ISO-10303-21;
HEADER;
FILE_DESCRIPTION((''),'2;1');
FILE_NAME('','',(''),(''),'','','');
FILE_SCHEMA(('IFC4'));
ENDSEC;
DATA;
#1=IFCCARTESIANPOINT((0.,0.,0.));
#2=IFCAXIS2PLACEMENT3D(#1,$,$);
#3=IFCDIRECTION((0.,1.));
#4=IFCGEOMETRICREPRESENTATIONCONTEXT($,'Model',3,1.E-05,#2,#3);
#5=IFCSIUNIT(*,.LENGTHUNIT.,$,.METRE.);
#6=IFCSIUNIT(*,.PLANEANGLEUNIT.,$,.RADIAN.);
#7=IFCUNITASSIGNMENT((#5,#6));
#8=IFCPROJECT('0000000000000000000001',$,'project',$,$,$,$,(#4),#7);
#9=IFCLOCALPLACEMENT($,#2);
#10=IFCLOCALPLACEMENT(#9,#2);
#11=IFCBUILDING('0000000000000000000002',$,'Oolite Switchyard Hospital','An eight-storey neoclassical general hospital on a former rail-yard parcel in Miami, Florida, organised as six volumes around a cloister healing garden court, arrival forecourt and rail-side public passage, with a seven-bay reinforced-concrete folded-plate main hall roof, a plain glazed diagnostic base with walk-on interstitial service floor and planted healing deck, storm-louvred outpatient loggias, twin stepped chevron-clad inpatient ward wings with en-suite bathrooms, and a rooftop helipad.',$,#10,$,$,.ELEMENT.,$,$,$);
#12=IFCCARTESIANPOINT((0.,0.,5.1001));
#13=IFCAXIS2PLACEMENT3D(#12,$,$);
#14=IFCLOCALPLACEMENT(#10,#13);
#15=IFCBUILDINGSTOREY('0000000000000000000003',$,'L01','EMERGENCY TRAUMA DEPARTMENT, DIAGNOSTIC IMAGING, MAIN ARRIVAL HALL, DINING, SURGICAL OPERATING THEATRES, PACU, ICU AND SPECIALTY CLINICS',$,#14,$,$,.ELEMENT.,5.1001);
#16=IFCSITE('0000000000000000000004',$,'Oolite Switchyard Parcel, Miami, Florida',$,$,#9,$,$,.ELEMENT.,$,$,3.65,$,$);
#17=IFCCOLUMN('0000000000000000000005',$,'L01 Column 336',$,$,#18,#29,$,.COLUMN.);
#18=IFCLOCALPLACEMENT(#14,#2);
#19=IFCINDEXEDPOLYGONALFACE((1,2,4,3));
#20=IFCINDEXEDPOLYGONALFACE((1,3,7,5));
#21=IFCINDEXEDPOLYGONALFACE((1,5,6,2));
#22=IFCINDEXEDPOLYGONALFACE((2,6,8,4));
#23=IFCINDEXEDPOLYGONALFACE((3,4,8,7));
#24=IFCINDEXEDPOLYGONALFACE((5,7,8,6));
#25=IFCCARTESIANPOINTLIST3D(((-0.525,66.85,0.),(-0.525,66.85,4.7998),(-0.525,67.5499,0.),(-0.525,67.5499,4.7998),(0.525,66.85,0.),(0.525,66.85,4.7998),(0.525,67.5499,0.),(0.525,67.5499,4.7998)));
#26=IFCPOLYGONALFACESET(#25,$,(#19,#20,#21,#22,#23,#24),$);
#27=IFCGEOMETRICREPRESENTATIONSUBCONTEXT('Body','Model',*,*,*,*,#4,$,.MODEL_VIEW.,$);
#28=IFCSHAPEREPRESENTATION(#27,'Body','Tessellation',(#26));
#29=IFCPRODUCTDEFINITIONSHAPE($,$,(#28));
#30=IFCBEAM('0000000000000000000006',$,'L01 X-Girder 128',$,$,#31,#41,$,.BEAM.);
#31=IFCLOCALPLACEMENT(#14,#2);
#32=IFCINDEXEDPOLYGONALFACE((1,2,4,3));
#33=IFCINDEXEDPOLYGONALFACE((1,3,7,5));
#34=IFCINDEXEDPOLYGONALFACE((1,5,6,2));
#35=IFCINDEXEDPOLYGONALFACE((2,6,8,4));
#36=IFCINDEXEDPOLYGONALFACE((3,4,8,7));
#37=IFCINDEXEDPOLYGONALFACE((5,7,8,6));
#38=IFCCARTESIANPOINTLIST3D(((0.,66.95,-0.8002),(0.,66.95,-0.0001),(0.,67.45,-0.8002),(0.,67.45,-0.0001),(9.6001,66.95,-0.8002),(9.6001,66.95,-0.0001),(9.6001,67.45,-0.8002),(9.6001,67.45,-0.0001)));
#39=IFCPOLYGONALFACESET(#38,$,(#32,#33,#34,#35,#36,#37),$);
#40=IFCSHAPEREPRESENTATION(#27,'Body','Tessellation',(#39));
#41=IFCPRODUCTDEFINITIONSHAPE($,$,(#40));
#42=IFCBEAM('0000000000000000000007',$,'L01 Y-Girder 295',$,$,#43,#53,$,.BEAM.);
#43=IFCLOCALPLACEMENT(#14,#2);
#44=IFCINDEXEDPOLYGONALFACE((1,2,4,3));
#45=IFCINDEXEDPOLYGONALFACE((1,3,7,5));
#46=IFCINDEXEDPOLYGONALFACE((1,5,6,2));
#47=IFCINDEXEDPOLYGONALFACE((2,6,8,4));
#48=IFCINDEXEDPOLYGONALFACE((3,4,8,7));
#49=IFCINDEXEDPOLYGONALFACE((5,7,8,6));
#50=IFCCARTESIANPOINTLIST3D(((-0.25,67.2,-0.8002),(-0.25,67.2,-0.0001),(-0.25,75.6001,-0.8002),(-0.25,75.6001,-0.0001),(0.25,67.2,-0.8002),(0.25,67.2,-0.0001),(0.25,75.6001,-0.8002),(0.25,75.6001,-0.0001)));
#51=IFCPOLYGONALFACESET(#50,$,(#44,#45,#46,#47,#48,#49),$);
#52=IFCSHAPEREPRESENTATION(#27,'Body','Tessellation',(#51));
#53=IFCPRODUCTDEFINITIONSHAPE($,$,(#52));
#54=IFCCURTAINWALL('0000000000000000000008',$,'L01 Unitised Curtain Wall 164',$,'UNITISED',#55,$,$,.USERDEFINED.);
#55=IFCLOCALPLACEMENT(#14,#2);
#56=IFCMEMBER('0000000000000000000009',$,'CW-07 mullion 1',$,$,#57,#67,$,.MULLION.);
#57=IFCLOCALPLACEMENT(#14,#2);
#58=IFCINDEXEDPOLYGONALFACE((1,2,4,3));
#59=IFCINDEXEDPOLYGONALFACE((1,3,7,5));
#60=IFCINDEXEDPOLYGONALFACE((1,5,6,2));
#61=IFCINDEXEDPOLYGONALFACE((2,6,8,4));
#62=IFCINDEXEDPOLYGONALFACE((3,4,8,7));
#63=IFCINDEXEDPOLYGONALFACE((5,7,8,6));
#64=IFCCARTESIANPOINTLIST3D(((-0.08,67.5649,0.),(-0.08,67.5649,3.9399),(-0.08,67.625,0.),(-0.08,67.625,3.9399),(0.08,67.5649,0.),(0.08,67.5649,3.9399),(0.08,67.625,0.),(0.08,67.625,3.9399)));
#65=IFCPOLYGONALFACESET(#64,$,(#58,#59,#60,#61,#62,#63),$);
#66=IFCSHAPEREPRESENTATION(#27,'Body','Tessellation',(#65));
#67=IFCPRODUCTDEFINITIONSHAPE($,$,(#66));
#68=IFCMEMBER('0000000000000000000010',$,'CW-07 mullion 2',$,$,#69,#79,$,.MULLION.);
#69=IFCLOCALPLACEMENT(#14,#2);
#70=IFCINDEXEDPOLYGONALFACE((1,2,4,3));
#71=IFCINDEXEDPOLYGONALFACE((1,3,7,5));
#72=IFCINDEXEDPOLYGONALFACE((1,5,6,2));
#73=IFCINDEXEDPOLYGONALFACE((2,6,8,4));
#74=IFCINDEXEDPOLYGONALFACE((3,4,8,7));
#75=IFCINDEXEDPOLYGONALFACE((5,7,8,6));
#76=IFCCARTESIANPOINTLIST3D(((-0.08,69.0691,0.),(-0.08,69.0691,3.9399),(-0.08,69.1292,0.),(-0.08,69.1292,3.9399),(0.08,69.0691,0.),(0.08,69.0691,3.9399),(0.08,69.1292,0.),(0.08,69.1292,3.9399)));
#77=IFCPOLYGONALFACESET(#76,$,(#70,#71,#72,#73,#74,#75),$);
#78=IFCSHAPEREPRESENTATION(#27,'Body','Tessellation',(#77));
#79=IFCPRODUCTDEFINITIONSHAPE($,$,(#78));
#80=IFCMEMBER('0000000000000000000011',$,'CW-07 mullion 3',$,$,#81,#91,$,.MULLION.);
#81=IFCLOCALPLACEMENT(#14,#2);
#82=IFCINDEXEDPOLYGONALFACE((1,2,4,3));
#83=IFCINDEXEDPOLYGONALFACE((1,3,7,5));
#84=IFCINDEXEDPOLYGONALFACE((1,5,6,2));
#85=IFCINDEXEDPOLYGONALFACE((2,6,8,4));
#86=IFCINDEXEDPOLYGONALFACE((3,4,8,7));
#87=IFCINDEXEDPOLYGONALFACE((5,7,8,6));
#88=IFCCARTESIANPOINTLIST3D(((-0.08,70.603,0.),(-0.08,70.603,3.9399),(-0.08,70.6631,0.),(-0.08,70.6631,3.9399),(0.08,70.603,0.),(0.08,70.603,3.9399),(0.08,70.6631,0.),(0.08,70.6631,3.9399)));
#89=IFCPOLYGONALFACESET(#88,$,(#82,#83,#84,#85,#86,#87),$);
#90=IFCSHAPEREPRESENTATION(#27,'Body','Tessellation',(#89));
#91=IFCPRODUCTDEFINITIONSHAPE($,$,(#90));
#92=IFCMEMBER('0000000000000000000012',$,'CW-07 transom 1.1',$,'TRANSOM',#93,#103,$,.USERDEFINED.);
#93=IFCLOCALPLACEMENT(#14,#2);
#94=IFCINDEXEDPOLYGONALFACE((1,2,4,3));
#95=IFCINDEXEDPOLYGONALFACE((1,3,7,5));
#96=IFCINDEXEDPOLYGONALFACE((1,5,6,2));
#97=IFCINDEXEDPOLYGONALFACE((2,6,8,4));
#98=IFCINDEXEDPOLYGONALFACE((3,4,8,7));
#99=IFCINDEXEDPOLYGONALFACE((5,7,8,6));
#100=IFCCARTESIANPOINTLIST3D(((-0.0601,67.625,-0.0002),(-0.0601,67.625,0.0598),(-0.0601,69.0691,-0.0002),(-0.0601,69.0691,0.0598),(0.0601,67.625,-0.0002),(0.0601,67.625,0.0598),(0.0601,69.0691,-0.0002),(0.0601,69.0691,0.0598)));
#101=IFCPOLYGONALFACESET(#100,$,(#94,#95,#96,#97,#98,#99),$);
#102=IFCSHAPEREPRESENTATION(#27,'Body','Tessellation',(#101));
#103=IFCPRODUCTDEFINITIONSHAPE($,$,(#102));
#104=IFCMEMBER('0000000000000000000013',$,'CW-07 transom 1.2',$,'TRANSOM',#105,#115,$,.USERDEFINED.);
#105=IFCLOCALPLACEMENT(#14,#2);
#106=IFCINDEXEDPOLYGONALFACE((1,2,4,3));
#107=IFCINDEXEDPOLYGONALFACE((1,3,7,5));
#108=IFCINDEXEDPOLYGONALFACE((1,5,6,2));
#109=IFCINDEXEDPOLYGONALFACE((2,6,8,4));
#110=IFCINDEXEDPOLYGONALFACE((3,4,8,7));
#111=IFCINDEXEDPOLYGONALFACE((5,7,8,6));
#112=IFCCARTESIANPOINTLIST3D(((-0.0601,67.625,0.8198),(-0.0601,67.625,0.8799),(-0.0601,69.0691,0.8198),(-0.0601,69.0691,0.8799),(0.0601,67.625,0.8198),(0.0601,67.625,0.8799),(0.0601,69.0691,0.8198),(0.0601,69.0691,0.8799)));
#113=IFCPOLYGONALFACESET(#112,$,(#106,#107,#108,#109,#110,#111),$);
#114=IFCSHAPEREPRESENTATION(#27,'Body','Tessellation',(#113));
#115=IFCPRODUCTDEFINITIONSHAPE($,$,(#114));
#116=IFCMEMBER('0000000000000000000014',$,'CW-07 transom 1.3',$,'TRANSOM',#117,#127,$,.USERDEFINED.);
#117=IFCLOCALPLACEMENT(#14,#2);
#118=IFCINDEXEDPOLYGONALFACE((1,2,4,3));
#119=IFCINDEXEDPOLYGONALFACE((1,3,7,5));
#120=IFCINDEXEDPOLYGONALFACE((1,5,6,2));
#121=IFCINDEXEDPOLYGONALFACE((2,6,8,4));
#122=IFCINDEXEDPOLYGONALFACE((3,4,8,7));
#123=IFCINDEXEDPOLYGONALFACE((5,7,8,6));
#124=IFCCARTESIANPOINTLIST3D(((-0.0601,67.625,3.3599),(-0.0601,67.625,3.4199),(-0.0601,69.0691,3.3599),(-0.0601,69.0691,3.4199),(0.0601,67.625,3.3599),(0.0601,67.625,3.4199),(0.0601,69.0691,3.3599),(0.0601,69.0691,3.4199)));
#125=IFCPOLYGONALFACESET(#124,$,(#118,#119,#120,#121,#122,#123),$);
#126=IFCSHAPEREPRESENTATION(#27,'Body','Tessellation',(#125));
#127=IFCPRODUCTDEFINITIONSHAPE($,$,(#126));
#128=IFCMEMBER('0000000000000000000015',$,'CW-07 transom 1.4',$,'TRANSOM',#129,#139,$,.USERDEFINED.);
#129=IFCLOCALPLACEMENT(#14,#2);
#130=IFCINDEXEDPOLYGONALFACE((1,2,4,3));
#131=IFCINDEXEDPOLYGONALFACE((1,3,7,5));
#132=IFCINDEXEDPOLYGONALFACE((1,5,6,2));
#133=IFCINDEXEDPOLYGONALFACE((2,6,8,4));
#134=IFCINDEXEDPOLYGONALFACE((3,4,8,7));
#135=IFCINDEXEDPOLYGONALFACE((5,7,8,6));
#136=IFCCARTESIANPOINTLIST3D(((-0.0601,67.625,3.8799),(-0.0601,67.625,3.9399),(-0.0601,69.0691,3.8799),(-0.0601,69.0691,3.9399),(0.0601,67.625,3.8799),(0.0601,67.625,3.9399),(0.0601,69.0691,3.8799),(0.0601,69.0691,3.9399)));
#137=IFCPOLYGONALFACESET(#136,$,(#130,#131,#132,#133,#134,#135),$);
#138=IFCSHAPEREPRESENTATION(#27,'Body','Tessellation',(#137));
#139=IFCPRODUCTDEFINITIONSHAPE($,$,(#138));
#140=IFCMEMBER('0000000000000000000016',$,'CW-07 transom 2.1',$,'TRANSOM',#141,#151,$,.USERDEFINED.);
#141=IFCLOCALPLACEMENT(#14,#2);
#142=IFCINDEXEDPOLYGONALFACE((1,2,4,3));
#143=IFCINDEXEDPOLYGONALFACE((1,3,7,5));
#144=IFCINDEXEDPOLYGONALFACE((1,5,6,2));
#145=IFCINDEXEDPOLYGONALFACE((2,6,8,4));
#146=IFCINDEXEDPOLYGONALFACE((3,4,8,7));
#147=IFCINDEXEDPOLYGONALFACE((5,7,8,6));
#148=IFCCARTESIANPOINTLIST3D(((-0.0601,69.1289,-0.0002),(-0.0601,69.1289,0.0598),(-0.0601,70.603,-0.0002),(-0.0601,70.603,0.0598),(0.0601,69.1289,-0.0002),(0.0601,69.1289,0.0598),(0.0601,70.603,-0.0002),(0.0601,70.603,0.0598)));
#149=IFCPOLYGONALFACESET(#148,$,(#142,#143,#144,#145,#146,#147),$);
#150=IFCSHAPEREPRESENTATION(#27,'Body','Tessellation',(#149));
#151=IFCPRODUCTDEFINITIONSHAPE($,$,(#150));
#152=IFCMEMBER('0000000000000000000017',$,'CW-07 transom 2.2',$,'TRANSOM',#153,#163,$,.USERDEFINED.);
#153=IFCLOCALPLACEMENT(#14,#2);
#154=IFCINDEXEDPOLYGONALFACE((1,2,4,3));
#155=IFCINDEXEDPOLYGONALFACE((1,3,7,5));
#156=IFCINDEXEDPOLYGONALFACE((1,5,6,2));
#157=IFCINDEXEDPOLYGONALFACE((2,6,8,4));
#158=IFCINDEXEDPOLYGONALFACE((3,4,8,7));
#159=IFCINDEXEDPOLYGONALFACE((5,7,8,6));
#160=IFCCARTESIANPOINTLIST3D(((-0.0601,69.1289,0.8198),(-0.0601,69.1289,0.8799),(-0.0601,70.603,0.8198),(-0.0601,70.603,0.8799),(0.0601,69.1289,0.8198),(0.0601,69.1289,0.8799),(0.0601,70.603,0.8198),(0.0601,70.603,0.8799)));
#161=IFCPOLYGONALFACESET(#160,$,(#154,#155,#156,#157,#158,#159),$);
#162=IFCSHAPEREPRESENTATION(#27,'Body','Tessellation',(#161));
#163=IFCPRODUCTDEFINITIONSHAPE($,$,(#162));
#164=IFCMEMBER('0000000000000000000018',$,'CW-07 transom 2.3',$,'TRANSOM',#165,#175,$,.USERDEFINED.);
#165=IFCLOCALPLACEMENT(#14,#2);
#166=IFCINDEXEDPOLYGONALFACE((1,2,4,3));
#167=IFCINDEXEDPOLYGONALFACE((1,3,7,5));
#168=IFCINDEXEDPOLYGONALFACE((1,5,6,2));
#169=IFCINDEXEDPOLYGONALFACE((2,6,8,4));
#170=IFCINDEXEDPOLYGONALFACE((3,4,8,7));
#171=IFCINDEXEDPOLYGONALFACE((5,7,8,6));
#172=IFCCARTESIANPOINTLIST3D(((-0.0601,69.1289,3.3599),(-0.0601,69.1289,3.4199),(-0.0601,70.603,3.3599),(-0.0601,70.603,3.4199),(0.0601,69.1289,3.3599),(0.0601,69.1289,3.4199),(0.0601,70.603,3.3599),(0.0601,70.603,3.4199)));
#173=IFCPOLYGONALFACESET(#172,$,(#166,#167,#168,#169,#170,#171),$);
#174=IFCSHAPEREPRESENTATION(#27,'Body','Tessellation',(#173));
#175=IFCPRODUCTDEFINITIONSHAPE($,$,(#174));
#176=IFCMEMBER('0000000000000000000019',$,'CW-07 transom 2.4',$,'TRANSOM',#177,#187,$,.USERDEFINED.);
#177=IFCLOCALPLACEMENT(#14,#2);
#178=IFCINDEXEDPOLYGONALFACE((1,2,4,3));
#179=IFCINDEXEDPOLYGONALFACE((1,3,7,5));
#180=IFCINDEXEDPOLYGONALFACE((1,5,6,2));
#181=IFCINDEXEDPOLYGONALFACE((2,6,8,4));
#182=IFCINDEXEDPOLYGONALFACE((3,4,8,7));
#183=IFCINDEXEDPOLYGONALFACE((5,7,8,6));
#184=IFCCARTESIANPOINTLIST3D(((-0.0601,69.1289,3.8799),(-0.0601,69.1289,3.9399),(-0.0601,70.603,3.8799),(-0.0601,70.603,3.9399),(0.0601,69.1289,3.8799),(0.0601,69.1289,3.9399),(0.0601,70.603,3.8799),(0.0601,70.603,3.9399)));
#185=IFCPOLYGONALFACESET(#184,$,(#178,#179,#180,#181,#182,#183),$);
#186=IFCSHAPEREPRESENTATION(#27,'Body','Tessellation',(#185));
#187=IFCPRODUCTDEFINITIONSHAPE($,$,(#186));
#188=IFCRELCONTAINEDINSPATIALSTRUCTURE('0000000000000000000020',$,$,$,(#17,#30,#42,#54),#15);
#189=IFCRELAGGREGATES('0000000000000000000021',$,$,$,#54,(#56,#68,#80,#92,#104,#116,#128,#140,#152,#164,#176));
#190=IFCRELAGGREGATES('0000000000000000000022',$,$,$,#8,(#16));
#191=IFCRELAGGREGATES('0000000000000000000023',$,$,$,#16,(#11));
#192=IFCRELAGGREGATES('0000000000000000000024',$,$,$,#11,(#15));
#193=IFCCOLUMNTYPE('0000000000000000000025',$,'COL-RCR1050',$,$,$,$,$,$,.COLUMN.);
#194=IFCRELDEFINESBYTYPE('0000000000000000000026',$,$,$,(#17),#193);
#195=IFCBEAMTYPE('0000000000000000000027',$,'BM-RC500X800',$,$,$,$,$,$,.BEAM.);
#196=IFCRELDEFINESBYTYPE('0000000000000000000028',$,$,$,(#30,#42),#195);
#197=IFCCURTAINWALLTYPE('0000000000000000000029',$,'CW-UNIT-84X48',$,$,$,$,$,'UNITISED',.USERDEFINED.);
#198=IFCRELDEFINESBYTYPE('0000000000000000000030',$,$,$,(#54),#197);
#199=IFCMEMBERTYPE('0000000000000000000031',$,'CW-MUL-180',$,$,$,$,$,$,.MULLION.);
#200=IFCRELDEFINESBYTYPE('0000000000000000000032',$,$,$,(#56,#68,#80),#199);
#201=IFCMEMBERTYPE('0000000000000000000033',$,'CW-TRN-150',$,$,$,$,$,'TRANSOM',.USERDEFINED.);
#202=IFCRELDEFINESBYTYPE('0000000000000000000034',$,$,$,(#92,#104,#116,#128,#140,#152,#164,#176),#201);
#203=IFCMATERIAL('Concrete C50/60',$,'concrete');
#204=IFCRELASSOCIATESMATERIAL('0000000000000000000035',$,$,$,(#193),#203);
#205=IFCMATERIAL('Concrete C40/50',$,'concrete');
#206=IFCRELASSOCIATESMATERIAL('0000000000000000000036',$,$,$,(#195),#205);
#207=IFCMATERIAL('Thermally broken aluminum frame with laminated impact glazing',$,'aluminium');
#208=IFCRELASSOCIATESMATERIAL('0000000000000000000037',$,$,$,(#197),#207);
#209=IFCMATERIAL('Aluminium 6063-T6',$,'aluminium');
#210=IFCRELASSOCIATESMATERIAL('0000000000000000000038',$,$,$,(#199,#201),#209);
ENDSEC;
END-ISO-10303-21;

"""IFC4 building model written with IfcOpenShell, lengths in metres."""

from ifc_helpers import new_model, si_unit, direction, frame, origin, origin_2d, place, context, subcontext, project, spatial, rectangle, extrude, material, material_profile, profile_set, type_object, element, aggregate, save


model = new_model("IFC4")

# Units and contexts
model_context = context("Model", 3, precision=1e-05, world=origin(), true_north=direction((0.0, 1.0)))
body_context = subcontext(model_context, "Body", "Model", "MODEL_VIEW")
ifc_project = project(units=[si_unit("LENGTHUNIT", "METRE"), si_unit("PLANEANGLEUNIT", "RADIAN")], contexts=[model_context])

# Site, building, storey
site_placement = place(None, origin())
site = spatial("IfcSite", under=ifc_project, at=site_placement, Name="Oolite Switchyard Parcel, Miami, Florida", CompositionType="ELEMENT", RefElevation=3.65)
building_placement = place(site_placement, origin())
building = spatial("IfcBuilding", under=site, at=building_placement, Name="Oolite Switchyard Hospital", Description="An eight-storey neoclassical general hospital on a former rail-yard parcel in Miami, Florida, organised as six volumes around a cloister healing garden court, arrival forecourt and rail-side public passage, with a seven-bay reinforced-concrete folded-plate main hall roof, a plain glazed diagnostic base with walk-on interstitial service floor and planted healing deck, storm-louvred outpatient loggias, twin stepped chevron-clad inpatient ward wings with en-suite bathrooms, and a rooftop helipad.", CompositionType="ELEMENT")
storey_placement = place(building_placement, frame((0.0, 0.0, 5.1001)))
storey = spatial("IfcBuildingStorey", under=building, at=storey_placement, Name="L01", Description="EMERGENCY TRAUMA DEPARTMENT, DIAGNOSTIC IMAGING, MAIN ARRIVAL HALL, DINING, SURGICAL OPERATING THEATRES, PACU, ICU AND SPECIALTY CLINICS", CompositionType="ELEMENT", Elevation=5.1001)

# Column
ifc_material_1 = material(Name="Concrete C50/60", Category="concrete")
ifc_material_profile_1 = material_profile(ifc_material_1, rectangle(XDim=1.05, YDim=0.7, at=origin_2d()), Name="RC1050X700")
ifc_profile_set_1 = profile_set([ifc_material_profile_1], Name="Concrete C50/60")
column_type = type_object("IfcColumnType", Name="COL-RCR1050", PredefinedType="COLUMN", material=ifc_profile_set_1)
column_placement = place(storey_placement, frame((0.0, 67.2, 0.0), z_axis=(0.0, 0.0, 1.0), x_axis=(1.0, 0.0, 0.0)))
element("IfcColumn", 1, at=column_placement, inside=storey, type_object=column_type, Name="L01 Column 336", PredefinedType="COLUMN", context=body_context, shape_type="SweptSolid", body=[
    extrude(rectangle(XDim=1.05, YDim=0.7, at=origin_2d()), origin(), (0.0, 0.0, 1.0), 4.7998),
])

# Beams
ifc_material_2 = material(Name="Concrete C40/50", Category="concrete")
ifc_material_profile_2 = material_profile(ifc_material_2, rectangle(XDim=0.5, YDim=0.8, at=origin_2d()), Name="RCB500X800")
ifc_profile_set_2 = profile_set([ifc_material_profile_2], Name="Concrete C40/50")
beam_type = type_object("IfcBeamType", Name="BM-RC500X800", PredefinedType="BEAM", material=ifc_profile_set_2)
beam_1_placement = place(storey_placement, frame((0.0, 67.2, -0.4001), z_axis=(1.0, 0.0, 0.0), x_axis=(0.0, 1.0, 0.0)))
element("IfcBeam", 2, at=beam_1_placement, inside=storey, type_object=beam_type, Name="L01 X-Girder 128", PredefinedType="BEAM", context=body_context, shape_type="SweptSolid", body=[
    extrude(rectangle(XDim=0.5, YDim=0.8, at=origin_2d()), origin(), (0.0, 0.0, 1.0), 9.6001),
])
beam_2_placement = place(storey_placement, frame((0.0, 67.2, -0.4001), z_axis=(0.0, 1.0, 0.0), x_axis=(-1.0, 0.0, 0.0)))
element("IfcBeam", 3, at=beam_2_placement, inside=storey, type_object=beam_type, Name="L01 Y-Girder 295", PredefinedType="BEAM", context=body_context, shape_type="SweptSolid", body=[
    extrude(rectangle(XDim=0.5, YDim=0.8, at=origin_2d()), origin(), (0.0, 0.0, 1.0), 8.4001),
])

# Curtain wall, members
ifc_material_3 = material(Name="Thermally broken aluminum frame with laminated impact glazing", Category="aluminium")
curtain_wall_type = type_object("IfcCurtainWallType", Name="CW-UNIT-84X48", ElementType="UNITISED", PredefinedType="USERDEFINED", material=ifc_material_3)
curtain_wall_placement = place(storey_placement, origin())
curtain_wall = element("IfcCurtainWall", 4, at=curtain_wall_placement, inside=storey, type_object=curtain_wall_type, Name="L01 Unitised Curtain Wall 164", ObjectType="UNITISED", PredefinedType="USERDEFINED")
ifc_material_4 = material(Name="Aluminium 6063-T6", Category="aluminium")
ifc_material_profile_3 = material_profile(ifc_material_4, rectangle(XDim=0.1599, YDim=0.0601, at=origin_2d()), Name="CWM60X160")
ifc_profile_set_3 = profile_set([ifc_material_profile_3], Name="Aluminium 6063-T6")
member_type_1 = type_object("IfcMemberType", Name="CW-MUL-180", PredefinedType="MULLION", material=ifc_profile_set_3)
member_1_placement = place(storey_placement, frame((0.0, 67.595, 0.0), z_axis=(0.0, 0.0, 1.0), x_axis=(-1.0, 0.0, 0.0)))
member_1 = element("IfcMember", 5, at=member_1_placement, type_object=member_type_1, Name="CW-07 mullion 1", PredefinedType="MULLION", context=body_context, shape_type="SweptSolid", body=[
    extrude(rectangle(XDim=0.1599, YDim=0.0601, at=origin_2d()), origin(), (0.0, 0.0, 1.0), 3.9399),
])
member_2_placement = place(storey_placement, frame((0.0, 69.0991, 0.0), z_axis=(0.0, 0.0, 1.0), x_axis=(-1.0, 0.0, 0.0)))
member_2 = element("IfcMember", 6, at=member_2_placement, type_object=member_type_1, Name="CW-07 mullion 2", PredefinedType="MULLION", context=body_context, shape_type="SweptSolid", body=[
    extrude(rectangle(XDim=0.1599, YDim=0.0601, at=origin_2d()), origin(), (0.0, 0.0, 1.0), 3.9399),
])
member_3_placement = place(storey_placement, frame((0.0, 70.6331, 0.0), z_axis=(0.0, 0.0, 1.0), x_axis=(-1.0, 0.0, 0.0)))
member_3 = element("IfcMember", 7, at=member_3_placement, type_object=member_type_1, Name="CW-07 mullion 3", PredefinedType="MULLION", context=body_context, shape_type="SweptSolid", body=[
    extrude(rectangle(XDim=0.1599, YDim=0.0601, at=origin_2d()), origin(), (0.0, 0.0, 1.0), 3.9399),
])
ifc_material_profile_4 = material_profile(ifc_material_4, rectangle(XDim=0.1201, YDim=0.0601, at=origin_2d()), Name="CWT60X120")
ifc_profile_set_4 = profile_set([ifc_material_profile_4], Name="Aluminium 6063-T6")
member_type_2 = type_object("IfcMemberType", Name="CW-TRN-150", ElementType="TRANSOM", PredefinedType="USERDEFINED", material=ifc_profile_set_4)
member_4_placement = place(storey_placement, frame((0.0, 67.625, 0.0298), z_axis=(0.0, 1.0, 0.0), x_axis=(-1.0, 0.0, 0.0)))
member_4 = element("IfcMember", 8, at=member_4_placement, type_object=member_type_2, Name="CW-07 transom 1.1", ObjectType="TRANSOM", PredefinedType="USERDEFINED", context=body_context, shape_type="SweptSolid", body=[
    extrude(rectangle(XDim=0.1201, YDim=0.0601, at=origin_2d()), origin(), (0.0, 0.0, 1.0), 1.4441),
])
member_5_placement = place(storey_placement, frame((0.0, 67.625, 0.8499), z_axis=(0.0, 1.0, 0.0), x_axis=(-1.0, 0.0, 0.0)))
member_5 = element("IfcMember", 9, at=member_5_placement, type_object=member_type_2, Name="CW-07 transom 1.2", ObjectType="TRANSOM", PredefinedType="USERDEFINED", context=body_context, shape_type="SweptSolid", body=[
    extrude(rectangle(XDim=0.1201, YDim=0.0601, at=origin_2d()), origin(), (0.0, 0.0, 1.0), 1.4441),
])
member_6_placement = place(storey_placement, frame((0.0, 67.625, 3.3899), z_axis=(0.0, 1.0, 0.0), x_axis=(-1.0, 0.0, 0.0)))
member_6 = element("IfcMember", 10, at=member_6_placement, type_object=member_type_2, Name="CW-07 transom 1.3", ObjectType="TRANSOM", PredefinedType="USERDEFINED", context=body_context, shape_type="SweptSolid", body=[
    extrude(rectangle(XDim=0.1201, YDim=0.0601, at=origin_2d()), origin(), (0.0, 0.0, 1.0), 1.4441),
])
member_7_placement = place(storey_placement, frame((0.0, 67.625, 3.9099), z_axis=(0.0, 1.0, 0.0), x_axis=(-1.0, 0.0, 0.0)))
member_7 = element("IfcMember", 11, at=member_7_placement, type_object=member_type_2, Name="CW-07 transom 1.4", ObjectType="TRANSOM", PredefinedType="USERDEFINED", context=body_context, shape_type="SweptSolid", body=[
    extrude(rectangle(XDim=0.1201, YDim=0.0601, at=origin_2d()), origin(), (0.0, 0.0, 1.0), 1.4441),
])
member_8_placement = place(storey_placement, frame((0.0, 69.1289, 0.0298), z_axis=(0.0, 1.0, 0.0), x_axis=(-1.0, 0.0, 0.0)))
member_8 = element("IfcMember", 12, at=member_8_placement, type_object=member_type_2, Name="CW-07 transom 2.1", ObjectType="TRANSOM", PredefinedType="USERDEFINED", context=body_context, shape_type="SweptSolid", body=[
    extrude(rectangle(XDim=0.1201, YDim=0.0601, at=origin_2d()), origin(), (0.0, 0.0, 1.0), 1.4741),
])
member_9_placement = place(storey_placement, frame((0.0, 69.1289, 0.8499), z_axis=(0.0, 1.0, 0.0), x_axis=(-1.0, 0.0, 0.0)))
member_9 = element("IfcMember", 13, at=member_9_placement, type_object=member_type_2, Name="CW-07 transom 2.2", ObjectType="TRANSOM", PredefinedType="USERDEFINED", context=body_context, shape_type="SweptSolid", body=[
    extrude(rectangle(XDim=0.1201, YDim=0.0601, at=origin_2d()), origin(), (0.0, 0.0, 1.0), 1.4741),
])
member_10_placement = place(storey_placement, frame((0.0, 69.1289, 3.3899), z_axis=(0.0, 1.0, 0.0), x_axis=(-1.0, 0.0, 0.0)))
member_10 = element("IfcMember", 14, at=member_10_placement, type_object=member_type_2, Name="CW-07 transom 2.3", ObjectType="TRANSOM", PredefinedType="USERDEFINED", context=body_context, shape_type="SweptSolid", body=[
    extrude(rectangle(XDim=0.1201, YDim=0.0601, at=origin_2d()), origin(), (0.0, 0.0, 1.0), 1.4741),
])
member_11_placement = place(storey_placement, frame((0.0, 69.1289, 3.9099), z_axis=(0.0, 1.0, 0.0), x_axis=(-1.0, 0.0, 0.0)))
member_11 = element("IfcMember", 15, at=member_11_placement, type_object=member_type_2, Name="CW-07 transom 2.4", ObjectType="TRANSOM", PredefinedType="USERDEFINED", context=body_context, shape_type="SweptSolid", body=[
    extrude(rectangle(XDim=0.1201, YDim=0.0601, at=origin_2d()), origin(), (0.0, 0.0, 1.0), 1.4741),
])
aggregate(curtain_wall, [member_1, member_2, member_3, member_4, member_5, member_6, member_7, member_8, member_9, member_10, member_11])

save(model, "model.ifc")
